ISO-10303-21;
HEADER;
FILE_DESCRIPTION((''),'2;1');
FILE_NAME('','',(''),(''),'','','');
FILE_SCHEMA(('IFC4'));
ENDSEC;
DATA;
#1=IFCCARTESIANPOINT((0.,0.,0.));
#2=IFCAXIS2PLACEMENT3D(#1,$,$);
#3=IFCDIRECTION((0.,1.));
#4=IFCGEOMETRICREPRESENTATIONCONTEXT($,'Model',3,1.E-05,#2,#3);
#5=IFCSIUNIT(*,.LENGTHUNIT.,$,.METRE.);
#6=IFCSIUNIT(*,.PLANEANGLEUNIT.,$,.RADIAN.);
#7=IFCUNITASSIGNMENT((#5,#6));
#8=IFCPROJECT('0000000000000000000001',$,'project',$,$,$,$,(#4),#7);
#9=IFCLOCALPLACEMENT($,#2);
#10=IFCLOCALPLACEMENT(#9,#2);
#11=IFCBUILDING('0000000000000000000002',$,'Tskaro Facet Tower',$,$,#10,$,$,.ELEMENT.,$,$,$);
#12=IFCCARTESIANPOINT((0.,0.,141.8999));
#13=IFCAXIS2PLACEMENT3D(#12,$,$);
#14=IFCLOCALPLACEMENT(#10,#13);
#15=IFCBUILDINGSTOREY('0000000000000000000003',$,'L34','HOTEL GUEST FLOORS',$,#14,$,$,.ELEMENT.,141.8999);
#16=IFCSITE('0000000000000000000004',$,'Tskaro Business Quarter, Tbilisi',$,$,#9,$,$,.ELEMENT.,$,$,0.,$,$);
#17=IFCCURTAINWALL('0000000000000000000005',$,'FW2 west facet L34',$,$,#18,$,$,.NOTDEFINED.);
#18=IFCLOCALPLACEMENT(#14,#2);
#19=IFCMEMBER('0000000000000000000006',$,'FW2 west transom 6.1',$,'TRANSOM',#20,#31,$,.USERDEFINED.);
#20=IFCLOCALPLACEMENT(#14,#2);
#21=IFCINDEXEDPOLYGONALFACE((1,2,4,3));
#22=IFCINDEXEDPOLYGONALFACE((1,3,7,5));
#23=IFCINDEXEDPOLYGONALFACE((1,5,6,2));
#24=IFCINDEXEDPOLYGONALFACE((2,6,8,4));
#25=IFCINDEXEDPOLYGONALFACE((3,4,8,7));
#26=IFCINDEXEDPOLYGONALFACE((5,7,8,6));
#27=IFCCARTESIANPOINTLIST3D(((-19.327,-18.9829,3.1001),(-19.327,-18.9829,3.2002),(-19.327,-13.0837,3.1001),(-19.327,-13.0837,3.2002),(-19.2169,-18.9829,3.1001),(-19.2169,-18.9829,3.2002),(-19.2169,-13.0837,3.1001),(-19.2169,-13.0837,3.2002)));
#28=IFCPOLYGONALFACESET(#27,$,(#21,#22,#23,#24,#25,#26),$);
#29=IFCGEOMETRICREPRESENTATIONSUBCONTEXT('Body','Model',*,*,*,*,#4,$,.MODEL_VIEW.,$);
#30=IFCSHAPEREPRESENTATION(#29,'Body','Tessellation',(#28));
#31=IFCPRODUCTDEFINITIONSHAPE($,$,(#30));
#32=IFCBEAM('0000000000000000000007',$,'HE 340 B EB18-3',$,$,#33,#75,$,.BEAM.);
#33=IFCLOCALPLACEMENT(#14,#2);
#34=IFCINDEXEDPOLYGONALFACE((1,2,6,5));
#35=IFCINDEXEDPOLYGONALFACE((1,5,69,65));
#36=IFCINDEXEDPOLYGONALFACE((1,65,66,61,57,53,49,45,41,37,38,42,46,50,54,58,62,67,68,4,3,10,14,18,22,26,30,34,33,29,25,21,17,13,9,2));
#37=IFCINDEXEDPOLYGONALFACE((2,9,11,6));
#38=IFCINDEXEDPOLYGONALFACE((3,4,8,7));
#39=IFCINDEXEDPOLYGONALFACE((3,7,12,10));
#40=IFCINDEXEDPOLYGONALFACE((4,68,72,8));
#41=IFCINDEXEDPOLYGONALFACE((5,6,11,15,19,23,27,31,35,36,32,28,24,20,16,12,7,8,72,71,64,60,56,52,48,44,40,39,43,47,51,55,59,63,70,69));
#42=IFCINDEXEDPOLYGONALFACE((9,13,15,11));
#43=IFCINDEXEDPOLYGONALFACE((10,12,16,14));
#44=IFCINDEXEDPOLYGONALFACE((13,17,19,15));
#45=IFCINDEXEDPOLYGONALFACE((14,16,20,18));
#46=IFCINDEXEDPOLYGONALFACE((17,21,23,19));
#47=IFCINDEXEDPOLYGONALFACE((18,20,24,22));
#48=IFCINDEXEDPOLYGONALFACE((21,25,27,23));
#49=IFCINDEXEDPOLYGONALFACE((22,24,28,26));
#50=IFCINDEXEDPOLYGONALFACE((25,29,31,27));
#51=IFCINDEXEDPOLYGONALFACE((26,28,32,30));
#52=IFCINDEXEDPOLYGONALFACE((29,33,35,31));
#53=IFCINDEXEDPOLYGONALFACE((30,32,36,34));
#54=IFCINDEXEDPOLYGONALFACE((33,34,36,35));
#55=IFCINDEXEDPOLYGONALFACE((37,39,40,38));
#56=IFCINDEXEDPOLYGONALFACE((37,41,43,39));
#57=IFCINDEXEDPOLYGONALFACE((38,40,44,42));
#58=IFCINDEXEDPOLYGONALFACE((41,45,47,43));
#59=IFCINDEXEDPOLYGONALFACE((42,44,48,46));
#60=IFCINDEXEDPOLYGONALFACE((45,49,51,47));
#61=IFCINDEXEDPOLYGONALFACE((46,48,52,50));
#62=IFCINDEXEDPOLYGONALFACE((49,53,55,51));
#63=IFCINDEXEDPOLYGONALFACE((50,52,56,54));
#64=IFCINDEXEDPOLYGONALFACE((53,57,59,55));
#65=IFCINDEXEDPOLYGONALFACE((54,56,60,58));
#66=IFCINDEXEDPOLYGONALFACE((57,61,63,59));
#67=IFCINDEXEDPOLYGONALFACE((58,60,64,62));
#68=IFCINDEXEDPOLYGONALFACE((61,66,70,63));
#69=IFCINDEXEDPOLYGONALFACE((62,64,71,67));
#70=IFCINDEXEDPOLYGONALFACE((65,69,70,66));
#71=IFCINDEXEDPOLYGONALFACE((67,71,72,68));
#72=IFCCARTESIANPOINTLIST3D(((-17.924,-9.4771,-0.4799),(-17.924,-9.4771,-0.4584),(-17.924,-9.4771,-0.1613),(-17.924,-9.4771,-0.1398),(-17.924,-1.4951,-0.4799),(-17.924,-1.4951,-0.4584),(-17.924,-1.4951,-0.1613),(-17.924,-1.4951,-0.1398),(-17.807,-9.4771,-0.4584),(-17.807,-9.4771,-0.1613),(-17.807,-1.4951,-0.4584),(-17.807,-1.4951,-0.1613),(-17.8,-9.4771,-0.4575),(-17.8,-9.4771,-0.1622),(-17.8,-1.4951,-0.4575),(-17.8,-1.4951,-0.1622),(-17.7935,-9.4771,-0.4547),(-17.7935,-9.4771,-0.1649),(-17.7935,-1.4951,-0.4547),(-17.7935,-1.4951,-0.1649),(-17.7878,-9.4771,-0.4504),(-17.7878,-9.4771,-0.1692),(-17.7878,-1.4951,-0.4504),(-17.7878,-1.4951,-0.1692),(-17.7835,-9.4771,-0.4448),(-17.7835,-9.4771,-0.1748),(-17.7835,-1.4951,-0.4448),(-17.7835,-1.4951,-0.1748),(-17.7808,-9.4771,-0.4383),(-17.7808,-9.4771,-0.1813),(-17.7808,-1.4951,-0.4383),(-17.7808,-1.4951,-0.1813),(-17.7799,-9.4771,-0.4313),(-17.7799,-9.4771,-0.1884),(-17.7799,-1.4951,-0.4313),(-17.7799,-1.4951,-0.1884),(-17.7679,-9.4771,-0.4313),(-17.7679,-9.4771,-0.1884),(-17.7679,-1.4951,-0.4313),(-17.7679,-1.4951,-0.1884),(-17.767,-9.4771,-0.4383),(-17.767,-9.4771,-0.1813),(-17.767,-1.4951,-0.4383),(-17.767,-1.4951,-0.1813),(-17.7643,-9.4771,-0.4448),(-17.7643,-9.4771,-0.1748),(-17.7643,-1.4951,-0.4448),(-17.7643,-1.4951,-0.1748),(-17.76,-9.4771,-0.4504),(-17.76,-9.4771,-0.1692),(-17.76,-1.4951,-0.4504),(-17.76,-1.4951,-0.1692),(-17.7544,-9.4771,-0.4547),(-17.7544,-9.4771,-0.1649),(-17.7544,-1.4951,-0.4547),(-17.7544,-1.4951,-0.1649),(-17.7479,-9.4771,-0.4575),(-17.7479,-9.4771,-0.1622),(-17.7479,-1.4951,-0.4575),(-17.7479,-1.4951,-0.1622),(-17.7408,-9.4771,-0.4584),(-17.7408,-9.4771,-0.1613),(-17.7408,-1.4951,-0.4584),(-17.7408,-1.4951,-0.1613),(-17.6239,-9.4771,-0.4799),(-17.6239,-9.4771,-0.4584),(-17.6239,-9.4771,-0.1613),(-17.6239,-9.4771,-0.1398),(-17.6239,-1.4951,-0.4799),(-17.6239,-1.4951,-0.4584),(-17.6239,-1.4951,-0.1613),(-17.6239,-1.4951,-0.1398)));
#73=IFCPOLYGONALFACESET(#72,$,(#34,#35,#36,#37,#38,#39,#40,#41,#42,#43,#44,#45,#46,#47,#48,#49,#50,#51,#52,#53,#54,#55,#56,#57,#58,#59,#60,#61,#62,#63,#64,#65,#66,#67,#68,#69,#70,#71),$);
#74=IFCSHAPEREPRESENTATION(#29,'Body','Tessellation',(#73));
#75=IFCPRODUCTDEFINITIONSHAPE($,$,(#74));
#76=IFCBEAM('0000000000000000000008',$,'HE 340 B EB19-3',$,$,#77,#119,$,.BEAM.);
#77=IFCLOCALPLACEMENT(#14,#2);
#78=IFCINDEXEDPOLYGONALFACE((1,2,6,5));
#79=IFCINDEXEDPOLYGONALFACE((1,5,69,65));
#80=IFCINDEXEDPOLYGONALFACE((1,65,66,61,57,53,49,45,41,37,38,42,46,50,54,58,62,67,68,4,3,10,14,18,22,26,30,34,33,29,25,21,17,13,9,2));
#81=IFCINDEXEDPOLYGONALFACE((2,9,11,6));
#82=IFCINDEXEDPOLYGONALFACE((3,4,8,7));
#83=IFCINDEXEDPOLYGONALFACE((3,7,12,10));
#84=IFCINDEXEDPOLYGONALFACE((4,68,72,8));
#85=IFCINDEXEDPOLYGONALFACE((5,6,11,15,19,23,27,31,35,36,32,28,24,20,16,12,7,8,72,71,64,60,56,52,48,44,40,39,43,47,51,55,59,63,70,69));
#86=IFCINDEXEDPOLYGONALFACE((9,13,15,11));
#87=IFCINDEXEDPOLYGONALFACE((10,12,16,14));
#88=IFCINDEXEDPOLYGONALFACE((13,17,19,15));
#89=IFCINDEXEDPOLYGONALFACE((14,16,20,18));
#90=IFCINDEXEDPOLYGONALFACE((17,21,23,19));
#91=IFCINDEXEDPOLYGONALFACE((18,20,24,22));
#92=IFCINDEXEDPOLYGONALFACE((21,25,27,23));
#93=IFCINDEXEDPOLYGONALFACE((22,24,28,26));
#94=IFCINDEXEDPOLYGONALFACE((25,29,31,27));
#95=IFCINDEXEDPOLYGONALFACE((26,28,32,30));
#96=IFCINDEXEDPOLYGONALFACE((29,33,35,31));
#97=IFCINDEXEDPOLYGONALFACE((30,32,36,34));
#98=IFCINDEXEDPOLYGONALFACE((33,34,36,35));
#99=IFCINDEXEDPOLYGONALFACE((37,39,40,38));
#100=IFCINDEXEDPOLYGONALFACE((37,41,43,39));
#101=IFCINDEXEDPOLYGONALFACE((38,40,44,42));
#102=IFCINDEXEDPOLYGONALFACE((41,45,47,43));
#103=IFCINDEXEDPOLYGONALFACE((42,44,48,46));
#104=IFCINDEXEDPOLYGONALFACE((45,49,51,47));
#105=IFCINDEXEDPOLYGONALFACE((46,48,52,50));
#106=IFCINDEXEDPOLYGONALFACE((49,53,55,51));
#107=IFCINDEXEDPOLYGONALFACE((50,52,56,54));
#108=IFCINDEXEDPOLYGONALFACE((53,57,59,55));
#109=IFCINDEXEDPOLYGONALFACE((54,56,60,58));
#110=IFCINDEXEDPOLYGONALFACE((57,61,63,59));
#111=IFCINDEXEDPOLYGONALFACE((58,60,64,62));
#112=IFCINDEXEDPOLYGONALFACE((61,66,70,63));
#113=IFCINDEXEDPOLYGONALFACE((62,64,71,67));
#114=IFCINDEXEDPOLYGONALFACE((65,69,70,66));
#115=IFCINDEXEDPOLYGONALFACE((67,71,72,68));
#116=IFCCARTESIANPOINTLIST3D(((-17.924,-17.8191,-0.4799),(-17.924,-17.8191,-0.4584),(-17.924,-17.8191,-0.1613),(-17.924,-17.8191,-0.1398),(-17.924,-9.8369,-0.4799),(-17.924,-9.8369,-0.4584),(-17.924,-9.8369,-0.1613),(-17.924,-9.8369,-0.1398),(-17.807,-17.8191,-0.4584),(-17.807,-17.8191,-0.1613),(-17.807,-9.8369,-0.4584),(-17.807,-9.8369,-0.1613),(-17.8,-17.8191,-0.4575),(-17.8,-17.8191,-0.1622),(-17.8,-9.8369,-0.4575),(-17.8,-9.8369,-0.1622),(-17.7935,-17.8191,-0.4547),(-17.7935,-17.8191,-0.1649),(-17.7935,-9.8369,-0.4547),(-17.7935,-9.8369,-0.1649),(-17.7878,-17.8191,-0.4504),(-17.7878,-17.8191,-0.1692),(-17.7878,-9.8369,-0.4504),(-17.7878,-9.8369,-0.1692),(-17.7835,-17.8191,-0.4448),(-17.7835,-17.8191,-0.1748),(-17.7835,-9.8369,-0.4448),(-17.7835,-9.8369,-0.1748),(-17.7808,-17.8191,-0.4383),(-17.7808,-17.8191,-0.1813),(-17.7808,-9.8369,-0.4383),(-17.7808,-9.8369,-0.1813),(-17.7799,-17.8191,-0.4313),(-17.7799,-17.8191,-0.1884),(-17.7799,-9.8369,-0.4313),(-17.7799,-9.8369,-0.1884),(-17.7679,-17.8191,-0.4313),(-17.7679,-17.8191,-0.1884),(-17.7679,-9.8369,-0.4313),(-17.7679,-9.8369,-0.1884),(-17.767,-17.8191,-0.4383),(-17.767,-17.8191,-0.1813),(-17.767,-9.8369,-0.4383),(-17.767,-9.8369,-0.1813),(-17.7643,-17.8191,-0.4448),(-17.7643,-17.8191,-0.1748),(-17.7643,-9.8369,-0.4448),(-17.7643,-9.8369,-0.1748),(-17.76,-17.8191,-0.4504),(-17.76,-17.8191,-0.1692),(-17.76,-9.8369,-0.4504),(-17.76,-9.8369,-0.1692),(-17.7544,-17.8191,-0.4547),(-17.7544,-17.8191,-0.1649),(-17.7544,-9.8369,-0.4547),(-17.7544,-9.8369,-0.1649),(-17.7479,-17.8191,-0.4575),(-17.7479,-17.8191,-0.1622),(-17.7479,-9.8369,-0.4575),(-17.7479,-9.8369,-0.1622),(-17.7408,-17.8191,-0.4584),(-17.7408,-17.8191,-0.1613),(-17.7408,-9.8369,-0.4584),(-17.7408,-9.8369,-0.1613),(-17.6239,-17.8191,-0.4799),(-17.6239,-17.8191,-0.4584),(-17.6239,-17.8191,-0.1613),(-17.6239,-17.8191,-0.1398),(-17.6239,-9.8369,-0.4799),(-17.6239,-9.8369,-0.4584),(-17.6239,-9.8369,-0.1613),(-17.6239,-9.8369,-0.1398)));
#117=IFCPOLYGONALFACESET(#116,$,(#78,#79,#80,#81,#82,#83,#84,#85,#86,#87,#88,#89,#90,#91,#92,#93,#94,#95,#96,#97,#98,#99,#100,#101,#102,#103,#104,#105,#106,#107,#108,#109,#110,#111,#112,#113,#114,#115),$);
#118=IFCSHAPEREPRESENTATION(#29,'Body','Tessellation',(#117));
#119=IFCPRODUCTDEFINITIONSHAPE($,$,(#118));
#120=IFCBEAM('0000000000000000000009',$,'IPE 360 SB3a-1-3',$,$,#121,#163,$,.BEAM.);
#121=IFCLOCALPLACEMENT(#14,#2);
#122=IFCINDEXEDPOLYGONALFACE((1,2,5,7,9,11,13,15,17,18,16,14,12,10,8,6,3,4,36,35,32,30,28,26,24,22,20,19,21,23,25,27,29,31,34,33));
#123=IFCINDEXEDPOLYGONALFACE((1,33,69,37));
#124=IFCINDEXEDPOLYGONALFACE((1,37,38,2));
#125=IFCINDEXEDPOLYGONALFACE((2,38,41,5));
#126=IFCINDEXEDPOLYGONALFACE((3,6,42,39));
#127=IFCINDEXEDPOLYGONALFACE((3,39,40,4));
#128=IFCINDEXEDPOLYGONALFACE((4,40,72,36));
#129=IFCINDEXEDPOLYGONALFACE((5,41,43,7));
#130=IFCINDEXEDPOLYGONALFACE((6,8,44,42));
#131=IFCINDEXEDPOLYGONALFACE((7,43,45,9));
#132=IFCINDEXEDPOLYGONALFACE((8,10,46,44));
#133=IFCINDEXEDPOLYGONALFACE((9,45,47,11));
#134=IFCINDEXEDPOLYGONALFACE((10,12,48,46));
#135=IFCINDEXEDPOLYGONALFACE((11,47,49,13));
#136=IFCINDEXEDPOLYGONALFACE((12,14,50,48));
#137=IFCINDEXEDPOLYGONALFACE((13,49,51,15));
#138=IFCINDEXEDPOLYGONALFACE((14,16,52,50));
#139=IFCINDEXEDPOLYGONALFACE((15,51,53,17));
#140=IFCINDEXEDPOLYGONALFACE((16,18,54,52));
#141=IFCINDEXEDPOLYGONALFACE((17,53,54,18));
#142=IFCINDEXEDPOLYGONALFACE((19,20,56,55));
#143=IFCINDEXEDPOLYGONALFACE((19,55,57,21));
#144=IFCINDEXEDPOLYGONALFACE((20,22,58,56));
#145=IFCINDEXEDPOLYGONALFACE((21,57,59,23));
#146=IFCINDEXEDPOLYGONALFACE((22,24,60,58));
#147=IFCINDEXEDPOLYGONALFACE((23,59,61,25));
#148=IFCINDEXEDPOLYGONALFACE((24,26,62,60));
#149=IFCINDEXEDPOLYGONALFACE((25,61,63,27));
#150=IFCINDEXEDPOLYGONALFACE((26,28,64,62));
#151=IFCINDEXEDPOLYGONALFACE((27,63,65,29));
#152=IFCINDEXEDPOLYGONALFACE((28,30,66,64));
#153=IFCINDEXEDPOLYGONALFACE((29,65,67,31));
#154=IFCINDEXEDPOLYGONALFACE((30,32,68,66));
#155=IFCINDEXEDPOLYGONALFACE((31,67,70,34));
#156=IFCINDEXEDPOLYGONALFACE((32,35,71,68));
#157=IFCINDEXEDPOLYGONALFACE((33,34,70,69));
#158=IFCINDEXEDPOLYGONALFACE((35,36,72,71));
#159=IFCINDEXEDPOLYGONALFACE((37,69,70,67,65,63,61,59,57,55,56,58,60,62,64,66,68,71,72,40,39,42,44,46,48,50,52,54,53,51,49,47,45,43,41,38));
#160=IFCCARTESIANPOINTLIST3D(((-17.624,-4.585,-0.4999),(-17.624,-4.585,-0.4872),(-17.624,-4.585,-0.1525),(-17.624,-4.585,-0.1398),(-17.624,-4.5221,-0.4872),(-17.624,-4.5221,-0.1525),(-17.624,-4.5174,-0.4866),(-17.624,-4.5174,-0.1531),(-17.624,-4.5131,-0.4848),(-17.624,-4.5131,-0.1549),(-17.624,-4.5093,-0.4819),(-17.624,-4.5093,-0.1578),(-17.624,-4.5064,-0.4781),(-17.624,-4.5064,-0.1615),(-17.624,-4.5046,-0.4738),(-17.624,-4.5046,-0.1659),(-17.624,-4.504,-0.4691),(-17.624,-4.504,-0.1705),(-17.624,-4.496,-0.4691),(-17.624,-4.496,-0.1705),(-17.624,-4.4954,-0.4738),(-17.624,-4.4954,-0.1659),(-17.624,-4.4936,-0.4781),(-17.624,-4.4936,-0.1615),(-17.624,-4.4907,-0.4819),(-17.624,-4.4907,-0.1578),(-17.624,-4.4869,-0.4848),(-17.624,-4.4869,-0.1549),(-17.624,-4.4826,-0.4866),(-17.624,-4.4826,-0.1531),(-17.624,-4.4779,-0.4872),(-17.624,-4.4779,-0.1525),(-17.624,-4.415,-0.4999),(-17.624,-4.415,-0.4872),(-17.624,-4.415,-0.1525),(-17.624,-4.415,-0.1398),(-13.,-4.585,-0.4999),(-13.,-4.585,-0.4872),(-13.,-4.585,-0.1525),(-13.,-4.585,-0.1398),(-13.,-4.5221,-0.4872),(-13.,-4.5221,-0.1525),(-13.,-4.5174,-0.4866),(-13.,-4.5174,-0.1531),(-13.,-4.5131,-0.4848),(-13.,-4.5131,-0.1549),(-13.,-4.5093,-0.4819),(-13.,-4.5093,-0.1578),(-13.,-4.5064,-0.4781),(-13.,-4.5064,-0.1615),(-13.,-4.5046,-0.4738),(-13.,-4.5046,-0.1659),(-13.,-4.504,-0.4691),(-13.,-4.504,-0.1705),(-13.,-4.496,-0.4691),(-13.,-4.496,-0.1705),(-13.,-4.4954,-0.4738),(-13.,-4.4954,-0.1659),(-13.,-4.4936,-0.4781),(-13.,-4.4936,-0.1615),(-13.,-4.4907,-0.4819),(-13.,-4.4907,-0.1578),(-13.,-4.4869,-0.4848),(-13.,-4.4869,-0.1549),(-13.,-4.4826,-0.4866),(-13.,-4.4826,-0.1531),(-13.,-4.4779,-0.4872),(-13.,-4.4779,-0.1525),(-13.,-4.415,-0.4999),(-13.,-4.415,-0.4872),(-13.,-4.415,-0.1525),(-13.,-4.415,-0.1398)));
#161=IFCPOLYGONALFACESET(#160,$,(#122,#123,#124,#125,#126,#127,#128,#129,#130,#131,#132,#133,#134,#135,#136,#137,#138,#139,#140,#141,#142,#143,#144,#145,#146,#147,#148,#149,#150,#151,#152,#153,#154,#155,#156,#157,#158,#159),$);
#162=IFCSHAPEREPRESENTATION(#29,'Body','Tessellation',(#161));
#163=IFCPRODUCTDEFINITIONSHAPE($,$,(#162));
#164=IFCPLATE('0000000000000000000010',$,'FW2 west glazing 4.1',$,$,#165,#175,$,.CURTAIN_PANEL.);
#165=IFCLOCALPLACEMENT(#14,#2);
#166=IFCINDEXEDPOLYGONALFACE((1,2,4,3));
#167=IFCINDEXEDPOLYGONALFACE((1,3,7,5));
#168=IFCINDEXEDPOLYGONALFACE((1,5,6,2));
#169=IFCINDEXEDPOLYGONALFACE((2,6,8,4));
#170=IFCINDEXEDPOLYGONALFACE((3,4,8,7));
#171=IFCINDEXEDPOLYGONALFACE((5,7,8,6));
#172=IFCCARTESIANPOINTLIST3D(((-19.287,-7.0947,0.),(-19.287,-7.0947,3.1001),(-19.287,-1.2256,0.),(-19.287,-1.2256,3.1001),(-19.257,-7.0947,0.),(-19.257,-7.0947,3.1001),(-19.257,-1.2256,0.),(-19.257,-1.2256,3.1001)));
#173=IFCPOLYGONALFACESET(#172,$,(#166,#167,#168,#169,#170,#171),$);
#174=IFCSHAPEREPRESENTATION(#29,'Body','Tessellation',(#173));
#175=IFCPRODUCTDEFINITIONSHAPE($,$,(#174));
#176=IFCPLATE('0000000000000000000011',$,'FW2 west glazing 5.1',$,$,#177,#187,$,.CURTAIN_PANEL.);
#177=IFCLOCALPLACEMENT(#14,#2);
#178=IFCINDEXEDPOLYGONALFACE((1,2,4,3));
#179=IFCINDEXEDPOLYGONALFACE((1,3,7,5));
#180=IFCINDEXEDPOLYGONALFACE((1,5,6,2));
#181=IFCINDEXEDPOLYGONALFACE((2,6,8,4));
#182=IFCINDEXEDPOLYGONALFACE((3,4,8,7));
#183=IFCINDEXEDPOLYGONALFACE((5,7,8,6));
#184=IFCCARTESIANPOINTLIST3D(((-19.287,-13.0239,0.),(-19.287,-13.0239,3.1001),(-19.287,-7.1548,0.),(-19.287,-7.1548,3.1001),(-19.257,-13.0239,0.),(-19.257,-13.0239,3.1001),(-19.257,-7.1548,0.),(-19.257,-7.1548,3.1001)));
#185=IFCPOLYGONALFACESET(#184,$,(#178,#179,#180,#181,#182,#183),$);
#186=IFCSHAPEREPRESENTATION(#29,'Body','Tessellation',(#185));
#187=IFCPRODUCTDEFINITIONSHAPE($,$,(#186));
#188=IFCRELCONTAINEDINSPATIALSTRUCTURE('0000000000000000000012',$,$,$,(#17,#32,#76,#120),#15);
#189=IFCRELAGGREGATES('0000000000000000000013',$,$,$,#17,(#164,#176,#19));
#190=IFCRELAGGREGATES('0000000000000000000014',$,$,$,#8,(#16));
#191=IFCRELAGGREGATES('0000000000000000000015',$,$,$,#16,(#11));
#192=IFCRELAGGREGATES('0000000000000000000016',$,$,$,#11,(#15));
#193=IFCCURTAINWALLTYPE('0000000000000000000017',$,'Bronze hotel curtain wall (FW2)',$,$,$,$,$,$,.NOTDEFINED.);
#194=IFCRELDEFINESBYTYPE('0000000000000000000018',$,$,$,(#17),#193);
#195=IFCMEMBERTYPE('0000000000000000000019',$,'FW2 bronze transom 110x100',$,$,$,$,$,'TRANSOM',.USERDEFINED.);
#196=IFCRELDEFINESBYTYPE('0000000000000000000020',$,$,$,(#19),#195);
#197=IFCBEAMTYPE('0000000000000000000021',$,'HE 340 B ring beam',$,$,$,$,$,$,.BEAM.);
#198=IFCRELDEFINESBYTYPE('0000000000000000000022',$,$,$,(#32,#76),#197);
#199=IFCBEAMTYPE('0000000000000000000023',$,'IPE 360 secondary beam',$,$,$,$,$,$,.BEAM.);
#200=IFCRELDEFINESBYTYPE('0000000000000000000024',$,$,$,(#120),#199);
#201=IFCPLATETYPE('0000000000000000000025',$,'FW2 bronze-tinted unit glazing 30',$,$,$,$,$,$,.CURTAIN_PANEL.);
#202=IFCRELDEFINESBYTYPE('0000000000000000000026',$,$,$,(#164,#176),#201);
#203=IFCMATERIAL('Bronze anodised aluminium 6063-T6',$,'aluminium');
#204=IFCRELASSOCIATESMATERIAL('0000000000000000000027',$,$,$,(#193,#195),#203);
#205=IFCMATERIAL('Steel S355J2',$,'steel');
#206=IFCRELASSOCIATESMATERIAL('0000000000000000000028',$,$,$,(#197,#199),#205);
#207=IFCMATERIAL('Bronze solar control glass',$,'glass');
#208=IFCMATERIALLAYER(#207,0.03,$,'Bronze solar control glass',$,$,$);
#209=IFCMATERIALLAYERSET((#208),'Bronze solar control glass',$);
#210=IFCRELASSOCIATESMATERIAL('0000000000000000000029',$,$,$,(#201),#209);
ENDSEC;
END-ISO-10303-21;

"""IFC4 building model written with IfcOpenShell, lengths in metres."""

from ifc_helpers import new_model, si_unit, direction, frame, origin, origin_2d, place, context, subcontext, project, spatial, rectangle, i_section, extrude, material, layer, layer_set, material_profile, profile_set, type_object, element, aggregate, save


model = new_model("IFC4")

# Units and contexts
model_context = context("Model", 3, precision=1e-05, world=origin(), true_north=direction((0.0, 1.0)))
body_context = subcontext(model_context, "Body", "Model", "MODEL_VIEW")
ifc_project = project(units=[si_unit("LENGTHUNIT", "METRE"), si_unit("PLANEANGLEUNIT", "RADIAN")], contexts=[model_context])

# Site, building, storey
site_placement = place(None, origin())
site = spatial("IfcSite", under=ifc_project, at=site_placement, Name="Tskaro Business Quarter, Tbilisi", CompositionType="ELEMENT", RefElevation=0.0)
building_placement = place(site_placement, origin())
building = spatial("IfcBuilding", under=site, at=building_placement, Name="Tskaro Facet Tower", CompositionType="ELEMENT")
storey_placement = place(building_placement, frame((0.0, 0.0, 141.8999)))
storey = spatial("IfcBuildingStorey", under=building, at=storey_placement, Name="L34", Description="HOTEL GUEST FLOORS", CompositionType="ELEMENT", Elevation=141.8999)

# Curtain wall, member
ifc_material_1 = material(Name="Bronze anodised aluminium 6063-T6", Category="aluminium")
curtain_wall_type = type_object("IfcCurtainWallType", Name="Bronze hotel curtain wall (FW2)", PredefinedType="NOTDEFINED", material=ifc_material_1)
curtain_wall_placement = place(storey_placement, origin())
curtain_wall = element("IfcCurtainWall", 1, at=curtain_wall_placement, inside=storey, type_object=curtain_wall_type, Name="FW2 west facet L34", PredefinedType="NOTDEFINED")
ifc_material_profile_1 = material_profile(ifc_material_1, rectangle(XDim=0.1101, YDim=0.1001, at=origin_2d()), Name="Transom 110x100")
ifc_profile_set_1 = profile_set([ifc_material_profile_1], Name="Bronze anodised aluminium 6063-T6")
member_type_1 = type_object("IfcMemberType", Name="FW2 bronze transom 110x100", ElementType="TRANSOM", PredefinedType="USERDEFINED", material=ifc_profile_set_1)
member_1_placement = place(storey_placement, frame((-19.272, -13.0837, 3.1501), z_axis=(0.0, -1.0, 0.0), x_axis=(1.0, 0.0, 0.0)))
member_1 = element("IfcMember", 2, at=member_1_placement, type_object=member_type_1, Name="FW2 west transom 6.1", ObjectType="TRANSOM", PredefinedType="USERDEFINED", context=body_context, shape_type="SweptSolid", body=[
    extrude(rectangle(XDim=0.1101, YDim=0.1001, at=origin_2d()), origin(), (0.0, 0.0, 1.0), 5.8992),
])

# Beams
ifc_material_2 = material(Name="Steel S355J2", Category="steel")
ifc_material_profile_2 = material_profile(ifc_material_2, i_section(OverallWidth=0.3, OverallDepth=0.3401, WebThickness=0.012, FlangeThickness=0.0215, FilletRadius=0.0271, at=origin_2d()), Name="HE 340 B")
ifc_profile_set_2 = profile_set([ifc_material_profile_2], Name="Steel S355J2")
beam_type_1 = type_object("IfcBeamType", Name="HE 340 B ring beam", PredefinedType="BEAM", material=ifc_profile_set_2)
beam_1_placement = place(storey_placement, frame((-17.7739, -1.4951, -0.3098), z_axis=(0.0, -1.0, 0.0), x_axis=(1.0, 0.0, 0.0)))
element("IfcBeam", 3, at=beam_1_placement, inside=storey, type_object=beam_type_1, Name="HE 340 B EB18-3", PredefinedType="BEAM", context=body_context, shape_type="SweptSolid", body=[
    extrude(i_section(OverallWidth=0.3, OverallDepth=0.3401, WebThickness=0.012, FlangeThickness=0.0215, FilletRadius=0.0271, at=origin_2d()), origin(), (0.0, 0.0, 1.0), 7.9819),
])
beam_2_placement = place(storey_placement, frame((-17.7739, -9.8369, -0.3098), z_axis=(0.0, -1.0, 0.0), x_axis=(1.0, 0.0, 0.0)))
element("IfcBeam", 4, at=beam_2_placement, inside=storey, type_object=beam_type_1, Name="HE 340 B EB19-3", PredefinedType="BEAM", context=body_context, shape_type="SweptSolid", body=[
    extrude(i_section(OverallWidth=0.3, OverallDepth=0.3401, WebThickness=0.012, FlangeThickness=0.0215, FilletRadius=0.0271, at=origin_2d()), origin(), (0.0, 0.0, 1.0), 7.9822),
])
ifc_material_profile_3 = material_profile(ifc_material_2, i_section(OverallWidth=0.1699, OverallDepth=0.3601, WebThickness=0.0081, FlangeThickness=0.0127, FilletRadius=0.0181, at=origin_2d()), Name="IPE 360")
ifc_profile_set_3 = profile_set([ifc_material_profile_3], Name="Steel S355J2")
beam_type_2 = type_object("IfcBeamType", Name="IPE 360 secondary beam", PredefinedType="BEAM", material=ifc_profile_set_3)
beam_3_placement = place(storey_placement, frame((-17.624, -4.5, -0.3198), z_axis=(1.0, 0.0, 0.0), x_axis=(0.0, 1.0, 0.0)))
element("IfcBeam", 5, at=beam_3_placement, inside=storey, type_object=beam_type_2, Name="IPE 360 SB3a-1-3", PredefinedType="BEAM", context=body_context, shape_type="SweptSolid", body=[
    extrude(i_section(OverallWidth=0.1699, OverallDepth=0.3601, WebThickness=0.0081, FlangeThickness=0.0127, FilletRadius=0.0181, at=origin_2d()), origin(), (0.0, 0.0, 1.0), 4.624),
])

# Plates
ifc_material_3 = material(Name="Bronze solar control glass", Category="glass")
ifc_layer_1 = layer(ifc_material_3, 0.03, Name="Bronze solar control glass")
ifc_layer_set_1 = layer_set([ifc_layer_1], Name="Bronze solar control glass")
plate_type = type_object("IfcPlateType", Name="FW2 bronze-tinted unit glazing 30", PredefinedType="CURTAIN_PANEL", material=ifc_layer_set_1)
plate_1_placement = place(storey_placement, frame((-19.272, -4.1602, 0.0), z_axis=(0.0, 0.0, 1.0), x_axis=(0.0, -1.0, 0.0)))
plate_1 = element("IfcPlate", 6, at=plate_1_placement, type_object=plate_type, Name="FW2 west glazing 4.1", PredefinedType="CURTAIN_PANEL", context=body_context, shape_type="SweptSolid", body=[
    extrude(rectangle(XDim=5.8691, YDim=0.03, at=origin_2d()), origin(), (0.0, 0.0, 1.0), 3.1001),
])
plate_2_placement = place(storey_placement, frame((-19.272, -10.0894, 0.0), z_axis=(0.0, 0.0, 1.0), x_axis=(0.0, -1.0, 0.0)))
plate_2 = element("IfcPlate", 7, at=plate_2_placement, type_object=plate_type, Name="FW2 west glazing 5.1", PredefinedType="CURTAIN_PANEL", context=body_context, shape_type="SweptSolid", body=[
    extrude(rectangle(XDim=5.8691, YDim=0.03, at=origin_2d()), origin(), (0.0, 0.0, 1.0), 3.1001),
])
aggregate(curtain_wall, [plate_1, plate_2, member_1])

save(model, "model.ifc")
